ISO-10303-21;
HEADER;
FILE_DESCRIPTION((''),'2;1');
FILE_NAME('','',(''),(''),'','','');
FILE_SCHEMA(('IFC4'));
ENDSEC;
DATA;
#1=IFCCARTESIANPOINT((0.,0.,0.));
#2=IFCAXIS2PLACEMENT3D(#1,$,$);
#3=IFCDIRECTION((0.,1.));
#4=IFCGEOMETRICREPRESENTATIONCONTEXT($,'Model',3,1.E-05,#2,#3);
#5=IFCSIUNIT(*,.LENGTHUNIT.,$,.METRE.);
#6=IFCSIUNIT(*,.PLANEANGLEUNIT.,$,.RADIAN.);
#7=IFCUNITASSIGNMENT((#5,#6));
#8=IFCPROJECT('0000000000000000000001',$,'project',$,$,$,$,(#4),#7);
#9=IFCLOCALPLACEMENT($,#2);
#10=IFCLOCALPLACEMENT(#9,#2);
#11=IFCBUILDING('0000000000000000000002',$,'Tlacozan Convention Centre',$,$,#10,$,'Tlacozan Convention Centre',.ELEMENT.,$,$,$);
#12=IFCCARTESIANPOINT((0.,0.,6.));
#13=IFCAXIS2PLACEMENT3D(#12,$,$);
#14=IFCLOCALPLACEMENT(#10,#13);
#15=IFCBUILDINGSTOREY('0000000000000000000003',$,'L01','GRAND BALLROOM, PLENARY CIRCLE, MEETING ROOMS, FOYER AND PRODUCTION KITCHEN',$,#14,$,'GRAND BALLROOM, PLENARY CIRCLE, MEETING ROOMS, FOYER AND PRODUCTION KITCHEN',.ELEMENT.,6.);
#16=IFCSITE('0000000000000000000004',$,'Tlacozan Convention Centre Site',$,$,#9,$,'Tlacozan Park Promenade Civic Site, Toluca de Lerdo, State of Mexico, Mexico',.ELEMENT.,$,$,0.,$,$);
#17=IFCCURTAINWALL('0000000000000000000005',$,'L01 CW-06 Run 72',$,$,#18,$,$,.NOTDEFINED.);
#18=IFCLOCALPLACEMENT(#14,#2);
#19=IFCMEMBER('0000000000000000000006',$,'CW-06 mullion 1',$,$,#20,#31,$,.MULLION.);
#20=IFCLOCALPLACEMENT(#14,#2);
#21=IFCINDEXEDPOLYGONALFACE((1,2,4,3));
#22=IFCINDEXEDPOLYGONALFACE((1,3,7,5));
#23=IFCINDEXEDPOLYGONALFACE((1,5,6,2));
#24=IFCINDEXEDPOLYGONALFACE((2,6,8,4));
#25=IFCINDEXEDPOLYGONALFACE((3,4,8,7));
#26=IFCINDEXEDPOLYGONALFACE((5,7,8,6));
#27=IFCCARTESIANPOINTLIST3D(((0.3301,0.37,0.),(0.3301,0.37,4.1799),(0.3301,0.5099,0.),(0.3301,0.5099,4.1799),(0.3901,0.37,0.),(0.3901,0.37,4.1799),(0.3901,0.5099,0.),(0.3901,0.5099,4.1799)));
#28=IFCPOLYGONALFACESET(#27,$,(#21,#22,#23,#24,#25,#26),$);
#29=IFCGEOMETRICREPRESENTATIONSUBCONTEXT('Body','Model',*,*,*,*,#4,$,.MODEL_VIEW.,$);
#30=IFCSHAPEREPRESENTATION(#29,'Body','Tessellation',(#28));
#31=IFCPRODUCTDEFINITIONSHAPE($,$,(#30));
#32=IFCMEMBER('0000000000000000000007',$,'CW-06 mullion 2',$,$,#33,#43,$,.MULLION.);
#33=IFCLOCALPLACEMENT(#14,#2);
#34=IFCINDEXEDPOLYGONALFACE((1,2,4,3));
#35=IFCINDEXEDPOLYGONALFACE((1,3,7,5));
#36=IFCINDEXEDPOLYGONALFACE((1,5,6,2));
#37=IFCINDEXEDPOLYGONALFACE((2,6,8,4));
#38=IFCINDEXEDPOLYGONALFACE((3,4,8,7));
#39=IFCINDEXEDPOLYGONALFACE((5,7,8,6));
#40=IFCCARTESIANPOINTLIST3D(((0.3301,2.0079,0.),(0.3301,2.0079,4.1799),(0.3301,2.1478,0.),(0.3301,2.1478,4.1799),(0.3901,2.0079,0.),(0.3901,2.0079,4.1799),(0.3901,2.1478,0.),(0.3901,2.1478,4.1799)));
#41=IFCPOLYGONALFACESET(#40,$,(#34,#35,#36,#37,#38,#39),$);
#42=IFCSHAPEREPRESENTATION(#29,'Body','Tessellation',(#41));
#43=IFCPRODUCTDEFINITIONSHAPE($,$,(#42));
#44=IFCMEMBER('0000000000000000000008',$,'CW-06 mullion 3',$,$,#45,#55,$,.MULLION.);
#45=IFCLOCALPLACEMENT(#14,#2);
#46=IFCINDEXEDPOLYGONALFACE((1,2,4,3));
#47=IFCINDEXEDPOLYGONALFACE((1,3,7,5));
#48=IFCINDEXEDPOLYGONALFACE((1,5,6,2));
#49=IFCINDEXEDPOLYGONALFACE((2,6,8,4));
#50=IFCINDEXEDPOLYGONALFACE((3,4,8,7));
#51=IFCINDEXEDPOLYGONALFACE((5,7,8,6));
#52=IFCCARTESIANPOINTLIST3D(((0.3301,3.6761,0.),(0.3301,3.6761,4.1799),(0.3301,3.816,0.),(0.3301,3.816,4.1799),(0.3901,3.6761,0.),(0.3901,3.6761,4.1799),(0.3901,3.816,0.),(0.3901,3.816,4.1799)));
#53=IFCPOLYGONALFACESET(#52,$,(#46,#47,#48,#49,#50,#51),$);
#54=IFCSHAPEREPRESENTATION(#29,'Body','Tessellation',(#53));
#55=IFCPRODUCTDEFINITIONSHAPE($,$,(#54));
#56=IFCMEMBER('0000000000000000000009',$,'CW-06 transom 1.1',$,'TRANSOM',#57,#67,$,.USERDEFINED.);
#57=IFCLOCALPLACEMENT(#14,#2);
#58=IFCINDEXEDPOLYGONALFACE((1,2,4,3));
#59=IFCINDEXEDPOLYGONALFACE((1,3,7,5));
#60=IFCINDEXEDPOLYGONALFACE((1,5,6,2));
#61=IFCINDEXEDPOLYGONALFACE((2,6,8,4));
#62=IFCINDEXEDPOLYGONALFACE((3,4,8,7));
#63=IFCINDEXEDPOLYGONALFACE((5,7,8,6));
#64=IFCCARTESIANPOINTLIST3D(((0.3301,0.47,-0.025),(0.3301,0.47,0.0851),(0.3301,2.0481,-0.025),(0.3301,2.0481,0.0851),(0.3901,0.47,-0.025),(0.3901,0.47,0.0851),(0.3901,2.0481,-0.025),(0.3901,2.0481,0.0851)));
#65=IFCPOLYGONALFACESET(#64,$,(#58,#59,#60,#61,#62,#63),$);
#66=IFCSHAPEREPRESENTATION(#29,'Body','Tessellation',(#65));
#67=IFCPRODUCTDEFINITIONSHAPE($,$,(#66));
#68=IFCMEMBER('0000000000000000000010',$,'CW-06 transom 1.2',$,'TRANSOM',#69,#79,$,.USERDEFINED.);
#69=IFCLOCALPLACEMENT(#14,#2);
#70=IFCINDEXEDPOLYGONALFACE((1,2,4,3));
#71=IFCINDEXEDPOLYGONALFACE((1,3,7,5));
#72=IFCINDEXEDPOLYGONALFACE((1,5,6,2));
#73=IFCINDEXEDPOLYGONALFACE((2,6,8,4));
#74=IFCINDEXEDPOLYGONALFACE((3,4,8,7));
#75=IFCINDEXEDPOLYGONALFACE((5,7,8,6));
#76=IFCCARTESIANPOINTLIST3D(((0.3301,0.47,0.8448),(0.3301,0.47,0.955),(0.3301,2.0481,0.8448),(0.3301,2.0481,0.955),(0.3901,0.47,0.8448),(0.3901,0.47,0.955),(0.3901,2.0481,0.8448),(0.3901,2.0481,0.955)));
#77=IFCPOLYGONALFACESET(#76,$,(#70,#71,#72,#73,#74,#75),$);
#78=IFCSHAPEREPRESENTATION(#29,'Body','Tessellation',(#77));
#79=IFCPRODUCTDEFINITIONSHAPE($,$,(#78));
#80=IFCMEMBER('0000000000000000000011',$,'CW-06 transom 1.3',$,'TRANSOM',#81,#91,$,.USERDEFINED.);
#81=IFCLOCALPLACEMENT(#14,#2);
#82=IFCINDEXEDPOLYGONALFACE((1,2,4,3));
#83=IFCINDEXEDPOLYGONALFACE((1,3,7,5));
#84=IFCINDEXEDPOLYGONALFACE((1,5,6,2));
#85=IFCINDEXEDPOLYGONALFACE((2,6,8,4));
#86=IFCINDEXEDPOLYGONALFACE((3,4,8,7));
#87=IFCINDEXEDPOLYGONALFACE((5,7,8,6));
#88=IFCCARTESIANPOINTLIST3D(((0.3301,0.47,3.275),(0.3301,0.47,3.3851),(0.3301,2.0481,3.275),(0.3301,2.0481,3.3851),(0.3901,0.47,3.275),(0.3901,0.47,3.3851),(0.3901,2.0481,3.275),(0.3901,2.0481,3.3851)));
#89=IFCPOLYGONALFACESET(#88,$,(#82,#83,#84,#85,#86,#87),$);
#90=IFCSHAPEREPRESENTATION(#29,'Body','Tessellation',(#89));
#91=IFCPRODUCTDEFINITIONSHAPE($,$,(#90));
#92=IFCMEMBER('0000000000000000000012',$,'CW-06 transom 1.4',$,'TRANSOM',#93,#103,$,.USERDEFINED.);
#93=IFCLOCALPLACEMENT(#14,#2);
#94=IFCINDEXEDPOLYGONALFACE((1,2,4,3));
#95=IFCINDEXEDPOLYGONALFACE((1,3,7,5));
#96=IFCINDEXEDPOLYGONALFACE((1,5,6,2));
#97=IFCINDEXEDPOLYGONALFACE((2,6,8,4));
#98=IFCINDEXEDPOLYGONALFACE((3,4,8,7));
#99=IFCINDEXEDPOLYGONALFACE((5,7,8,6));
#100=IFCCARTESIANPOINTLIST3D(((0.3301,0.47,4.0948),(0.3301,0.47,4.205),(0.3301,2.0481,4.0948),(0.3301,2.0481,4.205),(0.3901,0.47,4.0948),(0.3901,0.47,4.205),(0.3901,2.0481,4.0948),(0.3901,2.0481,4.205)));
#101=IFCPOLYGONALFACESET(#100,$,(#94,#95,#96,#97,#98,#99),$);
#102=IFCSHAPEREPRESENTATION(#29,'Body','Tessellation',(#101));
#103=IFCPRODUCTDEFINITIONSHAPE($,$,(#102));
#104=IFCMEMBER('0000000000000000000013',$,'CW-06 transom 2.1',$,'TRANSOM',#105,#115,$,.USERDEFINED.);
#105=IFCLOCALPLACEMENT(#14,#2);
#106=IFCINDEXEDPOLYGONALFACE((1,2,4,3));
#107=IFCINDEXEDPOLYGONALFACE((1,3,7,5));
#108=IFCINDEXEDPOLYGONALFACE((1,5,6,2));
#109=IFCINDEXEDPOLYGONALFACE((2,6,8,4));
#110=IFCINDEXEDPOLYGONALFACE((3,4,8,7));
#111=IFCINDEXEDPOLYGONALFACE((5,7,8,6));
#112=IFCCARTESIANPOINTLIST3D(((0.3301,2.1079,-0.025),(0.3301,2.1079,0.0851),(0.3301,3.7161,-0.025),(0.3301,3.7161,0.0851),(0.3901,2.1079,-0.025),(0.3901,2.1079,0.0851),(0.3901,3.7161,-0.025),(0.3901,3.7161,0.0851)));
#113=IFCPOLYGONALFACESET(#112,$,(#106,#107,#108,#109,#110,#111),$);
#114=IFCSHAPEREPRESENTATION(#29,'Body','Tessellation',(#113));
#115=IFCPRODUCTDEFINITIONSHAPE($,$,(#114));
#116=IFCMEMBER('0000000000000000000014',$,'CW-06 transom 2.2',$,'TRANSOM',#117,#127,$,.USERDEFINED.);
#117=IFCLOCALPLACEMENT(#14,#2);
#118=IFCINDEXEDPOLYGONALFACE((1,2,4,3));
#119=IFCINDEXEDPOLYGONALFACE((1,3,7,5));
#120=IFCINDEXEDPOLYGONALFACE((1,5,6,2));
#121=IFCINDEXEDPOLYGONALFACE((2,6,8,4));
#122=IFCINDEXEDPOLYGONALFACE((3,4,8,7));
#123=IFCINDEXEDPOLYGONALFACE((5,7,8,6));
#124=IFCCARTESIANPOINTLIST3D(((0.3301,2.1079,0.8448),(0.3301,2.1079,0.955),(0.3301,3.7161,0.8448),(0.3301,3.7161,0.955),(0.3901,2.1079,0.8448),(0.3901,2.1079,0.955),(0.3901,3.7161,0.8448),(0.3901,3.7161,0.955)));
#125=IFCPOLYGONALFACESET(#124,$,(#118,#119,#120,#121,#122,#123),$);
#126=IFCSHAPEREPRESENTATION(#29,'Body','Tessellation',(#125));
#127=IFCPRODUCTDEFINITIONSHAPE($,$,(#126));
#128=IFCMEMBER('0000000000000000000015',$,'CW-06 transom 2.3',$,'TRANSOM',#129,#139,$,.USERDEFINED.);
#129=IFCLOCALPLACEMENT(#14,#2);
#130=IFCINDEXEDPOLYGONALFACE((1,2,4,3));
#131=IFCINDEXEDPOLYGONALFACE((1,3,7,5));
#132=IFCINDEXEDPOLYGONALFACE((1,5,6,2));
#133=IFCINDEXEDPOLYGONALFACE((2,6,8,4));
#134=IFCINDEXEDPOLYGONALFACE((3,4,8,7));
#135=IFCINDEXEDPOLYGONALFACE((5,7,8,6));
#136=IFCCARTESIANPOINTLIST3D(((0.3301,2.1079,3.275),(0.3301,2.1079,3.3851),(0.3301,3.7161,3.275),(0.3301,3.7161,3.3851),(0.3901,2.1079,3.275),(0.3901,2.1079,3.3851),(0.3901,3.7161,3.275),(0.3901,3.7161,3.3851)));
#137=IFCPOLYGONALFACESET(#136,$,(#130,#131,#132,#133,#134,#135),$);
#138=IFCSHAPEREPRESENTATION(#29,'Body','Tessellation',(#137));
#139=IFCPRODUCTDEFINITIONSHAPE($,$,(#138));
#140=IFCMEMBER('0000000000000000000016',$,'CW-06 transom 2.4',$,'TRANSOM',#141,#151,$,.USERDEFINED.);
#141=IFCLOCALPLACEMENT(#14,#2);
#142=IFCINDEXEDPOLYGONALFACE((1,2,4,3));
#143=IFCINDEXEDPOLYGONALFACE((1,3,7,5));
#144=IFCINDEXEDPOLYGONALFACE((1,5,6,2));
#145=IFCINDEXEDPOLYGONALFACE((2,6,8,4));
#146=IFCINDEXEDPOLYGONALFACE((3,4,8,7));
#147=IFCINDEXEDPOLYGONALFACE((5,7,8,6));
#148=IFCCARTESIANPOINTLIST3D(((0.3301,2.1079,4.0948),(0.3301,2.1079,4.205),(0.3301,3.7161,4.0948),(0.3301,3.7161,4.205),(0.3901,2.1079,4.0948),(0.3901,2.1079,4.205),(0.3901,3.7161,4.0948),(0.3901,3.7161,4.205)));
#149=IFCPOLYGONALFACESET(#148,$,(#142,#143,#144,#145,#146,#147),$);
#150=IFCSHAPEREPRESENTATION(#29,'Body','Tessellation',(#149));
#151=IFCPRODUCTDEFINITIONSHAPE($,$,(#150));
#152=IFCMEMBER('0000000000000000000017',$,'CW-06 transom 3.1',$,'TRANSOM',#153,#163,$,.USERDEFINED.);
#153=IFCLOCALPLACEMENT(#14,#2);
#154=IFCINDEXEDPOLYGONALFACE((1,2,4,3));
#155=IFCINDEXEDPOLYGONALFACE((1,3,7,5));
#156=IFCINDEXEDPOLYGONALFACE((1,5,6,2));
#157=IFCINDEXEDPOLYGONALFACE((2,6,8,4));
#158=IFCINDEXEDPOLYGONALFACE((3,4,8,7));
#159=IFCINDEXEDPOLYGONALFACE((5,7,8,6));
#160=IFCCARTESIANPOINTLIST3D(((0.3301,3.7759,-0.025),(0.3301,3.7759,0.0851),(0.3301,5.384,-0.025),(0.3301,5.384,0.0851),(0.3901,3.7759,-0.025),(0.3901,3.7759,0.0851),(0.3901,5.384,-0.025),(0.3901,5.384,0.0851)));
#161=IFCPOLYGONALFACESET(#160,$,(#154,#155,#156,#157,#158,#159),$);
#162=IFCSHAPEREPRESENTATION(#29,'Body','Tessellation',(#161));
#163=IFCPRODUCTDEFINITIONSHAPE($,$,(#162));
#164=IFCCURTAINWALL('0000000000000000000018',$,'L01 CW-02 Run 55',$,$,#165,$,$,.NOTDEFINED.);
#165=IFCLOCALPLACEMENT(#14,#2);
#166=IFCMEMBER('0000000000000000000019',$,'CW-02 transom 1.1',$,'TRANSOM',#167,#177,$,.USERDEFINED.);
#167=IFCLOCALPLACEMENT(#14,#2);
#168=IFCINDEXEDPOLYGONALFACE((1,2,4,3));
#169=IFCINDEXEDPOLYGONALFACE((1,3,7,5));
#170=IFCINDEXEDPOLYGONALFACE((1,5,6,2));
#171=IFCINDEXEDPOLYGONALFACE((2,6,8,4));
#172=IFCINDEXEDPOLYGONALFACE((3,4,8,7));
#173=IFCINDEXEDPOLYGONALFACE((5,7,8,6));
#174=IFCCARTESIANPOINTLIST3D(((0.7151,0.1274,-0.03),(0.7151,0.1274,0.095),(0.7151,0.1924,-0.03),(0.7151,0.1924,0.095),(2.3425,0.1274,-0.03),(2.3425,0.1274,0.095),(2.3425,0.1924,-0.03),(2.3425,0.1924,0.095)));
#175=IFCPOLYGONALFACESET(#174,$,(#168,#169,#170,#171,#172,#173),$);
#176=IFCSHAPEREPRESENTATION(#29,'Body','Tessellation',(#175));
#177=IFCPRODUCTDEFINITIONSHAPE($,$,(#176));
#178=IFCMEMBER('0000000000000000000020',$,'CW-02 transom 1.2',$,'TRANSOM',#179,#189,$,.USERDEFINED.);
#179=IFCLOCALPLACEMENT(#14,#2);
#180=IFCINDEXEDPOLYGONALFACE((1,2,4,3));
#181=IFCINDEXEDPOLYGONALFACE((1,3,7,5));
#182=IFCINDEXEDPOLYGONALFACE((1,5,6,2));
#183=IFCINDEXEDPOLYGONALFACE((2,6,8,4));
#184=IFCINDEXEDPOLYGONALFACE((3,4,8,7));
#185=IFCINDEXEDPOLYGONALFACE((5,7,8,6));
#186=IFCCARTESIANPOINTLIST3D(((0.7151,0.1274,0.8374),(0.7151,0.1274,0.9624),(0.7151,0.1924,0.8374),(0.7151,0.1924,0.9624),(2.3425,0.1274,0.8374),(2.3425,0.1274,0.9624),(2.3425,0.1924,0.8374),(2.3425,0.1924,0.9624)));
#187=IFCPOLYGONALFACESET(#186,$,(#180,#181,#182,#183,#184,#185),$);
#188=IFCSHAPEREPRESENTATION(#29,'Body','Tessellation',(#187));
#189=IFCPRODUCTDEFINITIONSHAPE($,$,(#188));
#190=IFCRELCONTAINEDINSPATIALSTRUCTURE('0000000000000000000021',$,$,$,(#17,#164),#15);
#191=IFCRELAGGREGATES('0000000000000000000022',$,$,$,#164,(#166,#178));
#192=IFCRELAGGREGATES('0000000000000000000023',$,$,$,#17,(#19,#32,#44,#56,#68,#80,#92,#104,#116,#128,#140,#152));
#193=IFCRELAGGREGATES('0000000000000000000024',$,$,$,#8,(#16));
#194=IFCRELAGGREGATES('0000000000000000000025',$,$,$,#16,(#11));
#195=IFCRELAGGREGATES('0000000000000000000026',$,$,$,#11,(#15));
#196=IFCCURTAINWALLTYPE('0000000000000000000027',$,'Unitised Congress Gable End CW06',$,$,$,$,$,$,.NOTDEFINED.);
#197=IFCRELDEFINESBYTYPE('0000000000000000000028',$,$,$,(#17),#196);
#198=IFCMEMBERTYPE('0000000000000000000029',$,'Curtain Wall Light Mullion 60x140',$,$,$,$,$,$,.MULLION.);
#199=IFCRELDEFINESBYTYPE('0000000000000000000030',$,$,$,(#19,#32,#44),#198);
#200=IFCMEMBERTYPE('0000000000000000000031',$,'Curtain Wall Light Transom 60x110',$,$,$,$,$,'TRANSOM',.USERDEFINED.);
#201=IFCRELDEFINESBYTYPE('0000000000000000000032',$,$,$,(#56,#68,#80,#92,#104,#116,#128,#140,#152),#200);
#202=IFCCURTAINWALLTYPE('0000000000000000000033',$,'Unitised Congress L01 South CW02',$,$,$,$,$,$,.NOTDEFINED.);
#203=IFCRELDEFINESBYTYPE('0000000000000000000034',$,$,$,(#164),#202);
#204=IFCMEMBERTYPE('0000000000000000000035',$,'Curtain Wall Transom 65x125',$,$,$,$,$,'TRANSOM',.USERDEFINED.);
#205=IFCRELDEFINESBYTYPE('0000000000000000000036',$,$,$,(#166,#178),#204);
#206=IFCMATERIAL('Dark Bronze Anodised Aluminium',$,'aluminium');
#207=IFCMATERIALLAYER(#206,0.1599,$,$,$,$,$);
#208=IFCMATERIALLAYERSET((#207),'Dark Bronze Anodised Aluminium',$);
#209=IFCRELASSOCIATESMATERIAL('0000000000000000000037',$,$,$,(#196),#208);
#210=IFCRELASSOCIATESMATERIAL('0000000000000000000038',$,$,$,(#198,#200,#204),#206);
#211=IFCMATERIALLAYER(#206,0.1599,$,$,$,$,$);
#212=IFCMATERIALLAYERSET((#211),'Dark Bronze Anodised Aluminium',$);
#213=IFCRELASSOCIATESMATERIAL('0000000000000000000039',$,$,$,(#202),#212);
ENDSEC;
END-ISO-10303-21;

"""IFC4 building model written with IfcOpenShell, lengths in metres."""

from ifc_helpers import new_model, si_unit, direction, frame, origin, origin_2d, place, context, subcontext, project, spatial, rectangle, extrude, material, layer, layer_set, material_profile, profile_set, type_object, element, aggregate, save


model = new_model("IFC4")

# Units and contexts
model_context = context("Model", 3, precision=1e-05, world=origin(), true_north=direction((0.0, 1.0)))
body_context = subcontext(model_context, "Body", "Model", "MODEL_VIEW")
ifc_project = project(units=[si_unit("LENGTHUNIT", "METRE"), si_unit("PLANEANGLEUNIT", "RADIAN")], contexts=[model_context])

# Site, building, storey
site_placement = place(None, origin())
site = spatial("IfcSite", under=ifc_project, at=site_placement, Name="Tlacozan Convention Centre Site", LongName="Tlacozan Park Promenade Civic Site, Toluca de Lerdo, State of Mexico, Mexico", CompositionType="ELEMENT", RefElevation=0.0)
building_placement = place(site_placement, origin())
building = spatial("IfcBuilding", under=site, at=building_placement, Name="Tlacozan Convention Centre", LongName="Tlacozan Convention Centre", CompositionType="ELEMENT")
storey_placement = place(building_placement, frame((0.0, 0.0, 6.0)))
storey = spatial("IfcBuildingStorey", under=building, at=storey_placement, Name="L01", Description="GRAND BALLROOM, PLENARY CIRCLE, MEETING ROOMS, FOYER AND PRODUCTION KITCHEN", LongName="GRAND BALLROOM, PLENARY CIRCLE, MEETING ROOMS, FOYER AND PRODUCTION KITCHEN", CompositionType="ELEMENT", Elevation=6.0)

# Curtain walls, members
ifc_material_1 = material(Name="Dark Bronze Anodised Aluminium", Category="aluminium")
ifc_layer_1 = layer(ifc_material_1, 0.1599)
ifc_layer_set_1 = layer_set([ifc_layer_1], Name="Dark Bronze Anodised Aluminium")
curtain_wall_type_1 = type_object("IfcCurtainWallType", Name="Unitised Congress Gable End CW06", PredefinedType="NOTDEFINED", material=ifc_layer_set_1)
curtain_wall_1_placement = place(storey_placement, origin())
curtain_wall_1 = element("IfcCurtainWall", 1, at=curtain_wall_1_placement, inside=storey, type_object=curtain_wall_type_1, Name="L01 CW-06 Run 72", PredefinedType="NOTDEFINED")
ifc_material_profile_1 = material_profile(ifc_material_1, rectangle(XDim=0.0601, YDim=0.1399, at=origin_2d()), Name="ALU 60x140")
ifc_profile_set_1 = profile_set([ifc_material_profile_1], Name="Dark Bronze Anodised Aluminium")
member_type_1 = type_object("IfcMemberType", Name="Curtain Wall Light Mullion 60x140", PredefinedType="MULLION", material=ifc_profile_set_1)
member_1_placement = place(storey_placement, frame((0.3601, 0.4399, 0.0), z_axis=(0.0, 0.0, 1.0), x_axis=(-1.0, 0.0, 0.0)))
member_1 = element("IfcMember", 2, at=member_1_placement, type_object=member_type_1, Name="CW-06 mullion 1", PredefinedType="MULLION", context=body_context, shape_type="SweptSolid", body=[
    extrude(rectangle(XDim=0.0601, YDim=0.1399, at=origin_2d()), origin(), (0.0, 0.0, 1.0), 4.1799),
])
member_2_placement = place(storey_placement, frame((0.3601, 2.0779, 0.0), z_axis=(0.0, 0.0, 1.0), x_axis=(-1.0, 0.0, 0.0)))
member_2 = element("IfcMember", 3, at=member_2_placement, type_object=member_type_1, Name="CW-06 mullion 2", PredefinedType="MULLION", context=body_context, shape_type="SweptSolid", body=[
    extrude(rectangle(XDim=0.0601, YDim=0.1399, at=origin_2d()), origin(), (0.0, 0.0, 1.0), 4.1799),
])
member_3_placement = place(storey_placement, frame((0.3601, 3.7461, 0.0), z_axis=(0.0, 0.0, 1.0), x_axis=(-1.0, 0.0, 0.0)))
member_3 = element("IfcMember", 4, at=member_3_placement, type_object=member_type_1, Name="CW-06 mullion 3", PredefinedType="MULLION", context=body_context, shape_type="SweptSolid", body=[
    extrude(rectangle(XDim=0.0601, YDim=0.1399, at=origin_2d()), origin(), (0.0, 0.0, 1.0), 4.1799),
])
ifc_material_profile_2 = material_profile(ifc_material_1, rectangle(XDim=0.0601, YDim=0.1101, at=origin_2d()), Name="ALU 60x110")
ifc_profile_set_2 = profile_set([ifc_material_profile_2], Name="Dark Bronze Anodised Aluminium")
member_type_2 = type_object("IfcMemberType", Name="Curtain Wall Light Transom 60x110", ElementType="TRANSOM", PredefinedType="USERDEFINED", material=ifc_profile_set_2)
member_4_placement = place(storey_placement, frame((0.3601, 0.47, 0.03), z_axis=(0.0, 1.0, 0.0), x_axis=(-1.0, 0.0, 0.0)))
member_4 = element("IfcMember", 5, at=member_4_placement, type_object=member_type_2, Name="CW-06 transom 1.1", ObjectType="TRANSOM", PredefinedType="USERDEFINED", context=body_context, shape_type="SweptSolid", body=[
    extrude(rectangle(XDim=0.0601, YDim=0.1101, at=origin_2d()), origin(), (0.0, 0.0, 1.0), 1.5781),
])
member_5_placement = place(storey_placement, frame((0.3601, 0.47, 0.8999), z_axis=(0.0, 1.0, 0.0), x_axis=(-1.0, 0.0, 0.0)))
member_5 = element("IfcMember", 6, at=member_5_placement, type_object=member_type_2, Name="CW-06 transom 1.2", ObjectType="TRANSOM", PredefinedType="USERDEFINED", context=body_context, shape_type="SweptSolid", body=[
    extrude(rectangle(XDim=0.0601, YDim=0.1101, at=origin_2d()), origin(), (0.0, 0.0, 1.0), 1.5781),
])
member_6_placement = place(storey_placement, frame((0.3601, 0.47, 3.3301), z_axis=(0.0, 1.0, 0.0), x_axis=(-1.0, 0.0, 0.0)))
member_6 = element("IfcMember", 7, at=member_6_placement, type_object=member_type_2, Name="CW-06 transom 1.3", ObjectType="TRANSOM", PredefinedType="USERDEFINED", context=body_context, shape_type="SweptSolid", body=[
    extrude(rectangle(XDim=0.0601, YDim=0.1101, at=origin_2d()), origin(), (0.0, 0.0, 1.0), 1.5781),
])
member_7_placement = place(storey_placement, frame((0.3601, 0.47, 4.1499), z_axis=(0.0, 1.0, 0.0), x_axis=(-1.0, 0.0, 0.0)))
member_7 = element("IfcMember", 8, at=member_7_placement, type_object=member_type_2, Name="CW-06 transom 1.4", ObjectType="TRANSOM", PredefinedType="USERDEFINED", context=body_context, shape_type="SweptSolid", body=[
    extrude(rectangle(XDim=0.0601, YDim=0.1101, at=origin_2d()), origin(), (0.0, 0.0, 1.0), 1.5781),
])
member_8_placement = place(storey_placement, frame((0.3601, 2.1079, 0.03), z_axis=(0.0, 1.0, 0.0), x_axis=(-1.0, 0.0, 0.0)))
member_8 = element("IfcMember", 9, at=member_8_placement, type_object=member_type_2, Name="CW-06 transom 2.1", ObjectType="TRANSOM", PredefinedType="USERDEFINED", context=body_context, shape_type="SweptSolid", body=[
    extrude(rectangle(XDim=0.0601, YDim=0.1101, at=origin_2d()), origin(), (0.0, 0.0, 1.0), 1.6082),
])
member_9_placement = place(storey_placement, frame((0.3601, 2.1079, 0.8999), z_axis=(0.0, 1.0, 0.0), x_axis=(-1.0, 0.0, 0.0)))
member_9 = element("IfcMember", 10, at=member_9_placement, type_object=member_type_2, Name="CW-06 transom 2.2", ObjectType="TRANSOM", PredefinedType="USERDEFINED", context=body_context, shape_type="SweptSolid", body=[
    extrude(rectangle(XDim=0.0601, YDim=0.1101, at=origin_2d()), origin(), (0.0, 0.0, 1.0), 1.6082),
])
member_10_placement = place(storey_placement, frame((0.3601, 2.1079, 3.3301), z_axis=(0.0, 1.0, 0.0), x_axis=(-1.0, 0.0, 0.0)))
member_10 = element("IfcMember", 11, at=member_10_placement, type_object=member_type_2, Name="CW-06 transom 2.3", ObjectType="TRANSOM", PredefinedType="USERDEFINED", context=body_context, shape_type="SweptSolid", body=[
    extrude(rectangle(XDim=0.0601, YDim=0.1101, at=origin_2d()), origin(), (0.0, 0.0, 1.0), 1.6082),
])
member_11_placement = place(storey_placement, frame((0.3601, 2.1079, 4.1499), z_axis=(0.0, 1.0, 0.0), x_axis=(-1.0, 0.0, 0.0)))
member_11 = element("IfcMember", 12, at=member_11_placement, type_object=member_type_2, Name="CW-06 transom 2.4", ObjectType="TRANSOM", PredefinedType="USERDEFINED", context=body_context, shape_type="SweptSolid", body=[
    extrude(rectangle(XDim=0.0601, YDim=0.1101, at=origin_2d()), origin(), (0.0, 0.0, 1.0), 1.6082),
])
member_12_placement = place(storey_placement, frame((0.3601, 3.7759, 0.03), z_axis=(0.0, 1.0, 0.0), x_axis=(-1.0, 0.0, 0.0)))
member_12 = element("IfcMember", 13, at=member_12_placement, type_object=member_type_2, Name="CW-06 transom 3.1", ObjectType="TRANSOM", PredefinedType="USERDEFINED", context=body_context, shape_type="SweptSolid", body=[
    extrude(rectangle(XDim=0.0601, YDim=0.1101, at=origin_2d()), origin(), (0.0, 0.0, 1.0), 1.6082),
])
ifc_layer_2 = layer(ifc_material_1, 0.1599)
ifc_layer_set_2 = layer_set([ifc_layer_2], Name="Dark Bronze Anodised Aluminium")
curtain_wall_type_2 = type_object("IfcCurtainWallType", Name="Unitised Congress L01 South CW02", PredefinedType="NOTDEFINED", material=ifc_layer_set_2)
curtain_wall_2_placement = place(storey_placement, origin())
curtain_wall_2 = element("IfcCurtainWall", 14, at=curtain_wall_2_placement, inside=storey, type_object=curtain_wall_type_2, Name="L01 CW-02 Run 55", PredefinedType="NOTDEFINED")
ifc_material_profile_3 = material_profile(ifc_material_1, rectangle(XDim=0.0649, YDim=0.125, at=origin_2d()), Name="ALU 65x125")
ifc_profile_set_3 = profile_set([ifc_material_profile_3], Name="Dark Bronze Anodised Aluminium")
member_type_3 = type_object("IfcMemberType", Name="Curtain Wall Transom 65x125", ElementType="TRANSOM", PredefinedType="USERDEFINED", material=ifc_profile_set_3)
member_13_placement = place(storey_placement, frame((0.7151, 0.1599, 0.0325), z_axis=(1.0, 0.0, 0.0), x_axis=(0.0, 1.0, 0.0)))
member_13 = element("IfcMember", 15, at=member_13_placement, type_object=member_type_3, Name="CW-02 transom 1.1", ObjectType="TRANSOM", PredefinedType="USERDEFINED", context=body_context, shape_type="SweptSolid", body=[
    extrude(rectangle(XDim=0.0649, YDim=0.125, at=origin_2d()), origin(), (0.0, 0.0, 1.0), 1.6274),
])
member_14_placement = place(storey_placement, frame((0.7151, 0.1599, 0.8999), z_axis=(1.0, 0.0, 0.0), x_axis=(0.0, 1.0, 0.0)))
member_14 = element("IfcMember", 16, at=member_14_placement, type_object=member_type_3, Name="CW-02 transom 1.2", ObjectType="TRANSOM", PredefinedType="USERDEFINED", context=body_context, shape_type="SweptSolid", body=[
    extrude(rectangle(XDim=0.0649, YDim=0.125, at=origin_2d()), origin(), (0.0, 0.0, 1.0), 1.6274),
])
aggregate(curtain_wall_2, [member_13, member_14])

aggregate(curtain_wall_1, [member_1, member_2, member_3, member_4, member_5, member_6, member_7, member_8, member_9, member_10, member_11, member_12])

save(model, "model.ifc")
